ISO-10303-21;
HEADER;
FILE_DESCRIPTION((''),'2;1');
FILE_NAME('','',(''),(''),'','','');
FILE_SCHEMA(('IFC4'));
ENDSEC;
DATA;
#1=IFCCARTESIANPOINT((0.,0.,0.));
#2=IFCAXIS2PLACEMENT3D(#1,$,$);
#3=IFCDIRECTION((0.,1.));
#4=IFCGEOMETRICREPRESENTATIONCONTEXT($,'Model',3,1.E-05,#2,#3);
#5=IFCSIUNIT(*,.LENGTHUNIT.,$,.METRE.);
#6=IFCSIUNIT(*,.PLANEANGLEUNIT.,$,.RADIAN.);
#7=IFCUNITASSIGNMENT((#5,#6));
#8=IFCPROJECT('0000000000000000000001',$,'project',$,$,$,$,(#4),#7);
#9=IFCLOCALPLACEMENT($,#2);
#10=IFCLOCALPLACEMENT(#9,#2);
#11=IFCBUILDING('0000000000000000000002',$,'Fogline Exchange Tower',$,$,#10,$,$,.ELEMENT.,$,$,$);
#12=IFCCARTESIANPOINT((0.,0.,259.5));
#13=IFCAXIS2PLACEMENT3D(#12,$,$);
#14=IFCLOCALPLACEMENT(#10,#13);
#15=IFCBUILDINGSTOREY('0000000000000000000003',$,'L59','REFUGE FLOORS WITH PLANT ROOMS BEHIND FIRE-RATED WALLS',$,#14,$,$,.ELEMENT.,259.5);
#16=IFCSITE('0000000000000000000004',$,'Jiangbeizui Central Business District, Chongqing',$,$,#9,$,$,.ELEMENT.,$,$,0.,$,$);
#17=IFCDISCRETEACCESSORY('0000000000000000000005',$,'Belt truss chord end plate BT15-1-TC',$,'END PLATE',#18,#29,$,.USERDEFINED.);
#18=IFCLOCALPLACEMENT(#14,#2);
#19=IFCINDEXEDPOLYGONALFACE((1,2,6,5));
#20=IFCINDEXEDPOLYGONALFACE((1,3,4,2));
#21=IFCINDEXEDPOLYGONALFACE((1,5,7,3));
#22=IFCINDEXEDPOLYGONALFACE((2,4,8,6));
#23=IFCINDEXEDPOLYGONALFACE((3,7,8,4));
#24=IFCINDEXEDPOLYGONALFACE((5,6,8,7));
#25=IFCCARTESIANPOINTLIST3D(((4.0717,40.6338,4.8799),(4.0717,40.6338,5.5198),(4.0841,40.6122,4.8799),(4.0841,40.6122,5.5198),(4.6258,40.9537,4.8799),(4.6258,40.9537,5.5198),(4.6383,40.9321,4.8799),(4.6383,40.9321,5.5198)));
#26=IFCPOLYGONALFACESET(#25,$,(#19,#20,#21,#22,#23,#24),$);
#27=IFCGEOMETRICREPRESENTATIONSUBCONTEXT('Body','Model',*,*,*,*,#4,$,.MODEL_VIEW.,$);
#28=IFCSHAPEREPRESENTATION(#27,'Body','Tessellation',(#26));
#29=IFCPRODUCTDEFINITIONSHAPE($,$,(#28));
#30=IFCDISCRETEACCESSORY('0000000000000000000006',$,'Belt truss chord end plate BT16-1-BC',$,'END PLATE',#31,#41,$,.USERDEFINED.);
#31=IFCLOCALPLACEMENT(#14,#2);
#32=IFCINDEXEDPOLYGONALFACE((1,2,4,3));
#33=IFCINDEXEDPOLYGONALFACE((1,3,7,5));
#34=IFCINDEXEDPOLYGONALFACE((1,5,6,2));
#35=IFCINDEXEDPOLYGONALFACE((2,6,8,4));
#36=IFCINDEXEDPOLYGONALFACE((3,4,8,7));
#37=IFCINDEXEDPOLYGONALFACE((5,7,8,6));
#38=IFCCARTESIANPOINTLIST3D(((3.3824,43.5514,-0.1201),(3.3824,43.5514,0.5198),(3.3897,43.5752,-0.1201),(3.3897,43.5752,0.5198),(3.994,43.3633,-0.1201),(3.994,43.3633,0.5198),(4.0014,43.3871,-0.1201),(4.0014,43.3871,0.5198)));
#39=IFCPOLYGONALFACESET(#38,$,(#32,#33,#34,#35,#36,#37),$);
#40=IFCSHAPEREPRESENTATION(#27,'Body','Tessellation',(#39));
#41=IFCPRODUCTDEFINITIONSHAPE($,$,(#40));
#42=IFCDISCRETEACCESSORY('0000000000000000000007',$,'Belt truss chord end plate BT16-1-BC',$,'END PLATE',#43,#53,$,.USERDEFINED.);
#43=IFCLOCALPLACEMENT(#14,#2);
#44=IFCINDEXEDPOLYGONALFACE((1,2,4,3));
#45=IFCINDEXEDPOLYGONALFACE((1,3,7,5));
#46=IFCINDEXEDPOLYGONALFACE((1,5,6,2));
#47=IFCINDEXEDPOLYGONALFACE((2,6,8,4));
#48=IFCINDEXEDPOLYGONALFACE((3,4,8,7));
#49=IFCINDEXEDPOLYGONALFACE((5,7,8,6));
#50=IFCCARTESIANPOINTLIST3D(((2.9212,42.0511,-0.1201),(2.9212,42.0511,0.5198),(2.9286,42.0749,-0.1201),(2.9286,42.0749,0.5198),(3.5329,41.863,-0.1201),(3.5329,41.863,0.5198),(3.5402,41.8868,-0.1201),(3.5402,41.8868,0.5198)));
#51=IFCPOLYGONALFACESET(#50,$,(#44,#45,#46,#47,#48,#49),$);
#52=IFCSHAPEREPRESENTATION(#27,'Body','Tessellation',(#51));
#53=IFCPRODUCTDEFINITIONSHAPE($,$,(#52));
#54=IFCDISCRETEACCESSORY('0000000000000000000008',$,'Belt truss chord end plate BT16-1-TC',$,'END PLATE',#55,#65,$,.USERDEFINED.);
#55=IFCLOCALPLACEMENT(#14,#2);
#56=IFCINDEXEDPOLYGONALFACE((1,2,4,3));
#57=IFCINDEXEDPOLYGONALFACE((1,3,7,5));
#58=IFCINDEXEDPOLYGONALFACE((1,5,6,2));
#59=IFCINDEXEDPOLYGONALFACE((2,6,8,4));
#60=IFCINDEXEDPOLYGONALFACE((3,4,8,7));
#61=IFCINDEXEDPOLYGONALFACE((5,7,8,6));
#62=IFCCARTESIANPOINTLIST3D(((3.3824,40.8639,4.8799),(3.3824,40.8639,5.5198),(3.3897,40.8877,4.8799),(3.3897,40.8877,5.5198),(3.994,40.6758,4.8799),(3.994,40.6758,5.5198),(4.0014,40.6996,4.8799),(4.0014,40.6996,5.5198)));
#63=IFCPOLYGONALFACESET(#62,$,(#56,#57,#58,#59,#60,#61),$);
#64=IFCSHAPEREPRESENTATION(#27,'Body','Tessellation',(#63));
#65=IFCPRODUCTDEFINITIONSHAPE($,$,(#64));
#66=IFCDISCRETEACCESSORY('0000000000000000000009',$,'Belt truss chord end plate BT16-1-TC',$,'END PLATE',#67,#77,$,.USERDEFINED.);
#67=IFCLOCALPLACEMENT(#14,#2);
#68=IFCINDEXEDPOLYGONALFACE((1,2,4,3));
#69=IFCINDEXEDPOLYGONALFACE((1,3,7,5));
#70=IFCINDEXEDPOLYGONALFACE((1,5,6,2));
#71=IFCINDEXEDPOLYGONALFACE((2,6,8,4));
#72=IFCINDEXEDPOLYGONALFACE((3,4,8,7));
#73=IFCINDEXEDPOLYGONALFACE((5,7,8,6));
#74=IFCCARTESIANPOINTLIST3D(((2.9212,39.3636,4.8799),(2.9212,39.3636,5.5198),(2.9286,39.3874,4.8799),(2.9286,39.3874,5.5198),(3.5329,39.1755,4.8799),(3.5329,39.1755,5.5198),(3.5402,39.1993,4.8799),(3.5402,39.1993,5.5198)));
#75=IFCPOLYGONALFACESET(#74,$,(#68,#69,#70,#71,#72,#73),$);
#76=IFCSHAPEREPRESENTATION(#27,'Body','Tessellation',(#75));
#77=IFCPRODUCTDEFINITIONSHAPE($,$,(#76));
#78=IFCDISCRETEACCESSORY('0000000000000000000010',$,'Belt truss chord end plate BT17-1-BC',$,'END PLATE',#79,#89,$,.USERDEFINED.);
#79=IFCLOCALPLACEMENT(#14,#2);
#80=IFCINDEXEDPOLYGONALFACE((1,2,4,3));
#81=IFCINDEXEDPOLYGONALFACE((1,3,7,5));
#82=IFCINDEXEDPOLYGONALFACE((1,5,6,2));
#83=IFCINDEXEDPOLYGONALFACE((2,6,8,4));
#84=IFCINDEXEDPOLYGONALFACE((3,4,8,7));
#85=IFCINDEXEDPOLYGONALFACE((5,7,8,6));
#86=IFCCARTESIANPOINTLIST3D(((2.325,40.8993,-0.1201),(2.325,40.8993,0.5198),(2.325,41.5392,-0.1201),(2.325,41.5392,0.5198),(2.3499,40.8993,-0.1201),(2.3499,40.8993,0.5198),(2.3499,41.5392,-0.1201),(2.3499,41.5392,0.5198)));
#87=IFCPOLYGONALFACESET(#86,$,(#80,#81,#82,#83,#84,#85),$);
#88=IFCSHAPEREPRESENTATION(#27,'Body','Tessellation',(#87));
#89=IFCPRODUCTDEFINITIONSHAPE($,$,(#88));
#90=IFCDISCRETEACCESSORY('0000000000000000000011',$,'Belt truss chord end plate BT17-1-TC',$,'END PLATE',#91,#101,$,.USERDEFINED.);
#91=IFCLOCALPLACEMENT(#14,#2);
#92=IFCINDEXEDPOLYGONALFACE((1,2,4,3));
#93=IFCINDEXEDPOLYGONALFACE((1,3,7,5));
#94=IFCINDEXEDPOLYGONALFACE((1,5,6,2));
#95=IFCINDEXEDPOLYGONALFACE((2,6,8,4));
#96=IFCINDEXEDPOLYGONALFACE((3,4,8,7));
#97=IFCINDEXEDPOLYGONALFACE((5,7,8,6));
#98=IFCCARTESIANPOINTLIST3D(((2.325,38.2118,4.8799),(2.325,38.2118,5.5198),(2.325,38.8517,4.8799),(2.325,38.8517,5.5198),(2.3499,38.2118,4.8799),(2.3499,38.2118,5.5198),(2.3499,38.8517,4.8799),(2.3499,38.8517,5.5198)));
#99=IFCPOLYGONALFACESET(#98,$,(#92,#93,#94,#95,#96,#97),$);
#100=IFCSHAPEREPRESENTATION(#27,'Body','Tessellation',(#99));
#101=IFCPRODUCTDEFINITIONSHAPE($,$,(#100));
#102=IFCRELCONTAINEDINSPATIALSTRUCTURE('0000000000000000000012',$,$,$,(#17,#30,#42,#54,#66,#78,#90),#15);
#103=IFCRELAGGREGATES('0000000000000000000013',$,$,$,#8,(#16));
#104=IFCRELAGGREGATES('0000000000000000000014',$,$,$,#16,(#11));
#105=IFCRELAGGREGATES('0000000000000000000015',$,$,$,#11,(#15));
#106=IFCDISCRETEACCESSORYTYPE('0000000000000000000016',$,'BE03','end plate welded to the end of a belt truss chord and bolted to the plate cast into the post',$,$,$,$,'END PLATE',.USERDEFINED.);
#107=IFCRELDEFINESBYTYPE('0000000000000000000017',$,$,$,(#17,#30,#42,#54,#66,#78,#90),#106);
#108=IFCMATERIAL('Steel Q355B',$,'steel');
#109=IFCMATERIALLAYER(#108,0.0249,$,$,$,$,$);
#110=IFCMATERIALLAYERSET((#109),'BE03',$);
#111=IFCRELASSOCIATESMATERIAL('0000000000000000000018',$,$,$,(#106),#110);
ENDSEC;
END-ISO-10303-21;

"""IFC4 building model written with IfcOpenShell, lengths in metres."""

from ifc_helpers import new_model, si_unit, direction, frame, origin, origin_2d, place, context, subcontext, project, spatial, rectangle, extrude, material, layer, layer_set, type_object, element, save


model = new_model("IFC4")

# Units and contexts
model_context = context("Model", 3, precision=1e-05, world=origin(), true_north=direction((0.0, 1.0)))
body_context = subcontext(model_context, "Body", "Model", "MODEL_VIEW")
ifc_project = project(units=[si_unit("LENGTHUNIT", "METRE"), si_unit("PLANEANGLEUNIT", "RADIAN")], contexts=[model_context])

# Site, building, storey
site_placement = place(None, origin())
site = spatial("IfcSite", under=ifc_project, at=site_placement, Name="Jiangbeizui Central Business District, Chongqing", CompositionType="ELEMENT", RefElevation=0.0)
building_placement = place(site_placement, origin())
building = spatial("IfcBuilding", under=site, at=building_placement, Name="Fogline Exchange Tower", CompositionType="ELEMENT")
storey_placement = place(building_placement, frame((0.0, 0.0, 259.5)))
storey = spatial("IfcBuildingStorey", under=building, at=storey_placement, Name="L59", Description="REFUGE FLOORS WITH PLANT ROOMS BEHIND FIRE-RATED WALLS", CompositionType="ELEMENT", Elevation=259.5)

# Shared definitions
ifc_material_1 = material(Name="Steel Q355B", Category="steel")

# Discrete accessories
ifc_layer_1 = layer(ifc_material_1, 0.0249)
ifc_layer_set_1 = layer_set([ifc_layer_1], Name="BE03")
discrete_accessory_type = type_object("IfcDiscreteAccessoryType", Name="BE03", Description="end plate welded to the end of a belt truss chord and bolted to the plate cast into the post", ElementType="END PLATE", PredefinedType="USERDEFINED", material=ifc_layer_set_1)
for number, where, z_axis, x_axis, name in (
    (1, (4.355, 40.783, 4.8799), (0.0, 0.0, 1.0), (-0.5, 0.866025, 0.0), "Belt truss chord end plate BT15-1-TC"),
    (2, (3.6919, 43.4692, -0.1201), (0.0, 0.0, 1.0), (0.293962, 0.955817, 0.0), "Belt truss chord end plate BT16-1-BC"),
    (3, (3.2307, 41.969, -0.1201), (0.0, 0.0, 1.0), (-0.293962, -0.955817, 0.0), "Belt truss chord end plate BT16-1-BC"),
    (4, (3.6919, 40.7817, 4.8799), (0.0, 0.0, 1.0), (0.293962, 0.955817, 0.0), "Belt truss chord end plate BT16-1-TC"),
    (5, (3.2307, 39.2815, 4.8799), (0.0, 0.0, 1.0), (-0.293962, -0.955817, 0.0), "Belt truss chord end plate BT16-1-TC"),
    (6, (2.3374, 41.2192, -0.1201), (0.0, 0.0, 1.0), (1.0, 0.0, 0.0), "Belt truss chord end plate BT17-1-BC"),
    (7, (2.3374, 38.5317, 4.8799), (0.0, 0.0, 1.0), (1.0, 0.0, 0.0), "Belt truss chord end plate BT17-1-TC"),
):
    element("IfcDiscreteAccessory", number, at=place(storey_placement, frame(where, z_axis=z_axis, x_axis=x_axis)), inside=storey, type_object=discrete_accessory_type, Name=name, ObjectType="END PLATE", PredefinedType="USERDEFINED", context=body_context, shape_type="SweptSolid", body=[
        extrude(rectangle(XDim=0.0249, YDim=0.6399, at=origin_2d()), origin(), (0.0, 0.0, 1.0), 0.6399),
    ])

save(model, "model.ifc")
